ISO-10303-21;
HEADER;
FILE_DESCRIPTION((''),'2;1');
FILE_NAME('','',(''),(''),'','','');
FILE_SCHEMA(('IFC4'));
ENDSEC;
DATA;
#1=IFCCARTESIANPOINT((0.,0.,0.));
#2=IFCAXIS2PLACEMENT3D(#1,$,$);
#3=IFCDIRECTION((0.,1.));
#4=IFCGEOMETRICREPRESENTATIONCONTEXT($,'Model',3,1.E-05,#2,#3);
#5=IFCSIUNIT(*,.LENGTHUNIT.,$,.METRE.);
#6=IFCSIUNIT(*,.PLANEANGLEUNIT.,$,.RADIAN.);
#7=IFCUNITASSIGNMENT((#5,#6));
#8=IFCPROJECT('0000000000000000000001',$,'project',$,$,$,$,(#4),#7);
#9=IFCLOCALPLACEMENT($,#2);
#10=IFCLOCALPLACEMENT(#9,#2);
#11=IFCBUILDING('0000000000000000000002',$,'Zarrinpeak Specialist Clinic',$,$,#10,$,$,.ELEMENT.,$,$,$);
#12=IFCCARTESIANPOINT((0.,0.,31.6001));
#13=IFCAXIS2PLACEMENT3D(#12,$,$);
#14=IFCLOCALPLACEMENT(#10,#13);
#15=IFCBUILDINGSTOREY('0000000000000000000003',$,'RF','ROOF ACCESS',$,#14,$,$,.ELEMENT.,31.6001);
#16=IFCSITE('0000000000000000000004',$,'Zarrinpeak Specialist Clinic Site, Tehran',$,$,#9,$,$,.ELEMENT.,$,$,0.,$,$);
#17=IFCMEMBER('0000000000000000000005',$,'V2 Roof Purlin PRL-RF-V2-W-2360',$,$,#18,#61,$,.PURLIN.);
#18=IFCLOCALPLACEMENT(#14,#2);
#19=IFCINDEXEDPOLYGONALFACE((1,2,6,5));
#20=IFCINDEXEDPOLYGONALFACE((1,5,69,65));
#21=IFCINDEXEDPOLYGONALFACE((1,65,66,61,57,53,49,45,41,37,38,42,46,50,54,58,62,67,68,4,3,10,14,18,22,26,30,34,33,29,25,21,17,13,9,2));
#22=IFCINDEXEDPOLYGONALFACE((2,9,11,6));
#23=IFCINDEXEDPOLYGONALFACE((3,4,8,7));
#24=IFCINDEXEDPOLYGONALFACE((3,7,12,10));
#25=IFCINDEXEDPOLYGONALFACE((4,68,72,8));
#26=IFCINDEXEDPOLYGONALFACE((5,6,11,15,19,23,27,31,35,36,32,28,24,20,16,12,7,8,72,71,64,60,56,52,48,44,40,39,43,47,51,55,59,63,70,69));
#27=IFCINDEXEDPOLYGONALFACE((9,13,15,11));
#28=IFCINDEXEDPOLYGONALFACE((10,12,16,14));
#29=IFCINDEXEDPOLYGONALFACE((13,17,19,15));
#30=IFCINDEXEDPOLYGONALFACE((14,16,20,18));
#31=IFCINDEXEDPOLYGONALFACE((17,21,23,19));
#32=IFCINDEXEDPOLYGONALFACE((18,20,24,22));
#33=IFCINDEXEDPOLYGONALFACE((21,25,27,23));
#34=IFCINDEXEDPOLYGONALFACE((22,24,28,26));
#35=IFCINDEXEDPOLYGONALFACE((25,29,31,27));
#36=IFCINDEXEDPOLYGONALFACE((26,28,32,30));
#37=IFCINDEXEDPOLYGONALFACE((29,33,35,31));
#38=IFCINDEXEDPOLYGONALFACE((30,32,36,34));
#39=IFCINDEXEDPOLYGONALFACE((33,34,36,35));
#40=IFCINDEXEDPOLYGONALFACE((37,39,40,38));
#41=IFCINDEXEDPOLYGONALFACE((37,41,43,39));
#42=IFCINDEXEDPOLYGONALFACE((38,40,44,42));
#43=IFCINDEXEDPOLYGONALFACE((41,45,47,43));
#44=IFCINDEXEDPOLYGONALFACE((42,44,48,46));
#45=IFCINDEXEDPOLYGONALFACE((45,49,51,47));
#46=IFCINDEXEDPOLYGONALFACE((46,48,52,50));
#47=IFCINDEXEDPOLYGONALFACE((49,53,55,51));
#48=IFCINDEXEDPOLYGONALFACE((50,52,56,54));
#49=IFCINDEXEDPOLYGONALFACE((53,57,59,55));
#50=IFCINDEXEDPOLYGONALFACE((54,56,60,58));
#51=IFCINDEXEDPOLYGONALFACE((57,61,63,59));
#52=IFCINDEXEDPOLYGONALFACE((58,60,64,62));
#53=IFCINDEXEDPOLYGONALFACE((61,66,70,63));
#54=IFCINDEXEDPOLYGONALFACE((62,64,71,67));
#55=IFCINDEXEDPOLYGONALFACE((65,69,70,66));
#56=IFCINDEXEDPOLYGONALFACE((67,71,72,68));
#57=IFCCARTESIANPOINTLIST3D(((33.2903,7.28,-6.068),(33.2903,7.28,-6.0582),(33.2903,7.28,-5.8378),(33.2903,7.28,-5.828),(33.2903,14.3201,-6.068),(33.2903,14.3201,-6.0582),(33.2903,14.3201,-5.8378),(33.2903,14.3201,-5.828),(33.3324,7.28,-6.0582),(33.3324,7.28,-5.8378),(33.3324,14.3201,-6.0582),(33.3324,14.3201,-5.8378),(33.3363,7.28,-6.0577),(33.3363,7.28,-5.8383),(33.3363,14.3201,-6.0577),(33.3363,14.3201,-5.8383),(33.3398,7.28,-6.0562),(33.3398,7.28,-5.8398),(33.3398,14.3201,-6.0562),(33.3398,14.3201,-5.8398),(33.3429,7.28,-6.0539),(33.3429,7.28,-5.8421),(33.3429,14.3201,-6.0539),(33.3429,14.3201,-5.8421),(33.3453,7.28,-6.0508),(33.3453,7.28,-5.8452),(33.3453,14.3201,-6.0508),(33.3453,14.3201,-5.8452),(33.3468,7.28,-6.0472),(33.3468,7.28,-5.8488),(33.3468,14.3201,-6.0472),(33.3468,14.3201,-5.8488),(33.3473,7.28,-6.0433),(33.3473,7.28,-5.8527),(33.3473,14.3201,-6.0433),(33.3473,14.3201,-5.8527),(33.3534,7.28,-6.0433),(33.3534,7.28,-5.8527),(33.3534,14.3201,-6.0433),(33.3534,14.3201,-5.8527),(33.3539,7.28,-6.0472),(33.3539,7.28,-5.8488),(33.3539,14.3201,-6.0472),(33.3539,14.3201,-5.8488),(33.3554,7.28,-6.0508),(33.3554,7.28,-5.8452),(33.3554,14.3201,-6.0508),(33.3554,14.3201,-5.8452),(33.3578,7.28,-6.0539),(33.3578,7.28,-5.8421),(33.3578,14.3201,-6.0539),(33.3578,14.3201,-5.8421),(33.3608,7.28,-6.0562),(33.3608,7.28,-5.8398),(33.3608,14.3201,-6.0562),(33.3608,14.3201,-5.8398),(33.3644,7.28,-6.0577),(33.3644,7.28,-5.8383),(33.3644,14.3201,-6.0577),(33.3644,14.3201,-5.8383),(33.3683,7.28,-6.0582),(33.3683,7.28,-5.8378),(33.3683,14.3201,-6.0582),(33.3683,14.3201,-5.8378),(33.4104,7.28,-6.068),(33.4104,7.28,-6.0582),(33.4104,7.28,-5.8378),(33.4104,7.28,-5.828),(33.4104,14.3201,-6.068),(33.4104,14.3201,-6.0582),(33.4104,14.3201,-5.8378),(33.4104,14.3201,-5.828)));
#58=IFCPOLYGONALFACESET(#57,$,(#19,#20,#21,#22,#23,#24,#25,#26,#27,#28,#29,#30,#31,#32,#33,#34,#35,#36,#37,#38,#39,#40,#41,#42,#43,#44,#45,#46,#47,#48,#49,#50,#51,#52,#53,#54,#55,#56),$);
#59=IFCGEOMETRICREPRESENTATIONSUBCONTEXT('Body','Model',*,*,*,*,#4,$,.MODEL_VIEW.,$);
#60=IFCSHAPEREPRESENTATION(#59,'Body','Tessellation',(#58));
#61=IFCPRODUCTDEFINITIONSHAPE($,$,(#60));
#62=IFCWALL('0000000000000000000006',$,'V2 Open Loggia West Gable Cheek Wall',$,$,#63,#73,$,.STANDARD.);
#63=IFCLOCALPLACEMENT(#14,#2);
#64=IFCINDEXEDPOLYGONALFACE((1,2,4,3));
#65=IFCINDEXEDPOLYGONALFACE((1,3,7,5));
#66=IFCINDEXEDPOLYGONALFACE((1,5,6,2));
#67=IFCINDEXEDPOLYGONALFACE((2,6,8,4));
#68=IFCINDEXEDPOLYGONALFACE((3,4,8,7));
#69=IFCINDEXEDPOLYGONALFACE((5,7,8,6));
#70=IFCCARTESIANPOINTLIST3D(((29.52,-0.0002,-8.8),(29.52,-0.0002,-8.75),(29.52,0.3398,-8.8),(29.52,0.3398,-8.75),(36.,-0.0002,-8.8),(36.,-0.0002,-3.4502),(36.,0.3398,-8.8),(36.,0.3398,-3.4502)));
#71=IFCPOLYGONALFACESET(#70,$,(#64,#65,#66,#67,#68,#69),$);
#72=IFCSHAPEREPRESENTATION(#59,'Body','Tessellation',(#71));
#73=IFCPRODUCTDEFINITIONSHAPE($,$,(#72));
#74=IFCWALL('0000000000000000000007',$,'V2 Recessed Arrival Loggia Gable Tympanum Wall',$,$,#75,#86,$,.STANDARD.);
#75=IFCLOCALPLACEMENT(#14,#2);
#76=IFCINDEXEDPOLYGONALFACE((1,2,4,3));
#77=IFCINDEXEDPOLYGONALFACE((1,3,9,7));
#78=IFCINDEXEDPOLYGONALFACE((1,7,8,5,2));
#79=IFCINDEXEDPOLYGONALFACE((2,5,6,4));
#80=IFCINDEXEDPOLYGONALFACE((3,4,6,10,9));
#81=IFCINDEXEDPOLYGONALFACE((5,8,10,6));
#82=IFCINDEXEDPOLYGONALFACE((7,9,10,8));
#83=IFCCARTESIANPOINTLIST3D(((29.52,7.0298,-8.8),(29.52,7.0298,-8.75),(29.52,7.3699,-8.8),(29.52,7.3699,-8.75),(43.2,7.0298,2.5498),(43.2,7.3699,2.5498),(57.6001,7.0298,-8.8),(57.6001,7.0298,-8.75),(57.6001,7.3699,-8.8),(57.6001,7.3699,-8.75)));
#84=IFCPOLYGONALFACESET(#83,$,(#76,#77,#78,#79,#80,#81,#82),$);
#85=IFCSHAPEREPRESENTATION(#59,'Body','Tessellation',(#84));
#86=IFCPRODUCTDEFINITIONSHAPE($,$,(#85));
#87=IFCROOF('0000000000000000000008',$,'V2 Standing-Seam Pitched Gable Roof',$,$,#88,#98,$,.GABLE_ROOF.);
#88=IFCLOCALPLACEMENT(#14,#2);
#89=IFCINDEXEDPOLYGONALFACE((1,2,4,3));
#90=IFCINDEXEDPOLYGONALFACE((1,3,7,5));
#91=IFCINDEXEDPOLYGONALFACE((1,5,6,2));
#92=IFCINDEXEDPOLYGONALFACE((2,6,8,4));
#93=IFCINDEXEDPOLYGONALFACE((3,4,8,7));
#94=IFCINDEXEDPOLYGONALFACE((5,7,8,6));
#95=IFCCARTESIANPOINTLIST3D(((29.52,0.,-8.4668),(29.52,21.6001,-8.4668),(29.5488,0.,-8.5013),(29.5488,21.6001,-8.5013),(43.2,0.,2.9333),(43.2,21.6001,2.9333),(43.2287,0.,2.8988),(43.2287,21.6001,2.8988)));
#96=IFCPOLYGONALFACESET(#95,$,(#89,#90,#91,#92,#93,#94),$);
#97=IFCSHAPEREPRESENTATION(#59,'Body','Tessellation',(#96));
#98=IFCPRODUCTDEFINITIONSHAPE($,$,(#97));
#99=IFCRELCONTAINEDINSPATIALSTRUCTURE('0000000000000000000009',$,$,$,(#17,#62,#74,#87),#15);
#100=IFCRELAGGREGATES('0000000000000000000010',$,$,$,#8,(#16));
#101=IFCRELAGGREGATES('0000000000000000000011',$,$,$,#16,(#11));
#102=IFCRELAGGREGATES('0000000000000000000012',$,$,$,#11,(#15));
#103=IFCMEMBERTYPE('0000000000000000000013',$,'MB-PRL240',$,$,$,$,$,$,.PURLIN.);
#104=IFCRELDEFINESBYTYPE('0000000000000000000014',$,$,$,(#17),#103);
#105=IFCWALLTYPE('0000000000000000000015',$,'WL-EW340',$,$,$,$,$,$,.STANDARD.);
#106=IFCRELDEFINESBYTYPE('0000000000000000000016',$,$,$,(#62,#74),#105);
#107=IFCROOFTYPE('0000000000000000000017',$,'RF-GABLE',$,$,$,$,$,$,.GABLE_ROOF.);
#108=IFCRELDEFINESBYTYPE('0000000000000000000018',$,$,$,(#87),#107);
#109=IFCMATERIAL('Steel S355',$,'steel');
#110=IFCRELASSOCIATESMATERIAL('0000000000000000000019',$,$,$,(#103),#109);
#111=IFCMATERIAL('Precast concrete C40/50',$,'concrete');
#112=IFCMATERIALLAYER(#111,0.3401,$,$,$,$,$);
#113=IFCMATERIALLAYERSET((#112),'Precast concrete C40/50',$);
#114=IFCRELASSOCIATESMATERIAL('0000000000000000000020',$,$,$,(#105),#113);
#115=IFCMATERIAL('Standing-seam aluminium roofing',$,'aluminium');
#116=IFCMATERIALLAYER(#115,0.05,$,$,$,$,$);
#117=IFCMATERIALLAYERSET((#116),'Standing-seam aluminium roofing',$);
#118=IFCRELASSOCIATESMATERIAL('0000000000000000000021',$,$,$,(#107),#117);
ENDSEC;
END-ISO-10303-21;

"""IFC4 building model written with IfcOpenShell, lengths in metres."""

from ifc_helpers import new_model, si_unit, direction, frame, origin, origin_2d, place, context, subcontext, project, spatial, polyline, i_section, outline, extrude, material, layer, layer_set, material_profile, profile_set, type_object, element, save


model = new_model("IFC4")

# Units and contexts
model_context = context("Model", 3, precision=1e-05, world=origin(), true_north=direction((0.0, 1.0)))
body_context = subcontext(model_context, "Body", "Model", "MODEL_VIEW")
ifc_project = project(units=[si_unit("LENGTHUNIT", "METRE"), si_unit("PLANEANGLEUNIT", "RADIAN")], contexts=[model_context])

# Site, building, storey
site_placement = place(None, origin())
site = spatial("IfcSite", under=ifc_project, at=site_placement, Name="Zarrinpeak Specialist Clinic Site, Tehran", CompositionType="ELEMENT", RefElevation=0.0)
building_placement = place(site_placement, origin())
building = spatial("IfcBuilding", under=site, at=building_placement, Name="Zarrinpeak Specialist Clinic", CompositionType="ELEMENT")
storey_placement = place(building_placement, frame((0.0, 0.0, 31.6001)))
storey = spatial("IfcBuildingStorey", under=building, at=storey_placement, Name="RF", Description="ROOF ACCESS", CompositionType="ELEMENT", Elevation=31.6001)

# Shared definitions
ifc_material_1 = material(Name="Steel S355", Category="steel")

# Member
ifc_material_profile_1 = material_profile(ifc_material_1, i_section(OverallWidth=0.1201, OverallDepth=0.24, WebThickness=0.0061, FlangeThickness=0.0098, FilletRadius=0.0149, at=origin_2d()), Name="IPE 240")
ifc_profile_set_1 = profile_set([ifc_material_profile_1], Name="Steel S355")
member_type_1 = type_object("IfcMemberType", Name="MB-PRL240", PredefinedType="PURLIN", material=ifc_profile_set_1)
for number, where, z_axis, x_axis, name in (
    (1, (33.3503, 7.28, -5.948), (0.0, 1.0, 0.0), (-1.0, 0.0, 0.0), "V2 Roof Purlin PRL-RF-V2-W-2360"),
):
    element("IfcMember", number, at=place(storey_placement, frame(where, z_axis=z_axis, x_axis=x_axis)), inside=storey, type_object=member_type_1, Name=name, PredefinedType="PURLIN", context=body_context, shape_type="SweptSolid", body=[
        extrude(i_section(OverallWidth=0.1201, OverallDepth=0.24, WebThickness=0.0061, FlangeThickness=0.0098, FilletRadius=0.0149, at=origin_2d()), origin(), (0.0, 0.0, 1.0), 7.04),
    ])

# Walls
ifc_material_2 = material(Name="Precast concrete C40/50", Category="concrete")
ifc_layer_1 = layer(ifc_material_2, 0.3401)
ifc_layer_set_1 = layer_set([ifc_layer_1], Name="Precast concrete C40/50")
wall_type = type_object("IfcWallType", Name="WL-EW340", PredefinedType="STANDARD", material=ifc_layer_set_1)
wall_1_placement = place(storey_placement, frame((29.52, 0.1699, -8.8), z_axis=(0.0, 0.0, 1.0), x_axis=(1.0, 0.0, 0.0)))
element("IfcWall", 2, at=wall_1_placement, inside=storey, type_object=wall_type, Name="V2 Open Loggia West Gable Cheek Wall", PredefinedType="STANDARD", context=body_context, shape_type="SweptSolid", body=[
    extrude(outline(polyline([(0.0, 0.0), (6.48, 0.0), (6.48, 5.3499), (0.0, 0.05), (0.0, 0.0)])), frame((0.0, 0.1699, 0.0), z_axis=(0.0, -1.0, 0.0), x_axis=(1.0, 0.0, 0.0)), (0.0, 0.0, 1.0), 0.3401),
])
wall_2_placement = place(storey_placement, frame((29.52, 7.2, -8.8), z_axis=(0.0, 0.0, 1.0), x_axis=(1.0, 0.0, 0.0)))
element("IfcWall", 3, at=wall_2_placement, inside=storey, type_object=wall_type, Name="V2 Recessed Arrival Loggia Gable Tympanum Wall", PredefinedType="STANDARD", context=body_context, shape_type="SweptSolid", body=[
    extrude(outline(polyline([(0.0, 0.0), (28.0801, 0.0), (28.0801, 0.05), (13.6799, 11.3499), (0.0, 0.05), (0.0, 0.0)])), frame((0.0, 0.1699, 0.0), z_axis=(0.0, -1.0, 0.0), x_axis=(1.0, 0.0, 0.0)), (0.0, 0.0, 1.0), 0.3401),
])

# Roof
ifc_material_3 = material(Name="Standing-seam aluminium roofing", Category="aluminium")
ifc_layer_2 = layer(ifc_material_3, 0.05)
ifc_layer_set_2 = layer_set([ifc_layer_2], Name="Standing-seam aluminium roofing")
roof_type = type_object("IfcRoofType", Name="RF-GABLE", PredefinedType="GABLE_ROOF", material=ifc_layer_set_2)
roof_placement = place(storey_placement, frame((29.52, 0.0, -8.4668), z_axis=(-0.640191, 0.0, 0.768216), x_axis=(0.768216, 0.0, 0.640191)))
element("IfcRoof", 4, at=roof_placement, inside=storey, type_object=roof_type, Name="V2 Standing-Seam Pitched Gable Roof", PredefinedType="GABLE_ROOF", context=body_context, shape_type="SweptSolid", body=[
    extrude(outline(polyline([(0.0, 0.0), (17.8074, 0.0), (17.8074, 21.6001), (0.0, 21.6001), (0.0, 0.0)])), origin(), (0.0, 0.0, -1.0), 0.0449),
])

save(model, "model.ifc")
